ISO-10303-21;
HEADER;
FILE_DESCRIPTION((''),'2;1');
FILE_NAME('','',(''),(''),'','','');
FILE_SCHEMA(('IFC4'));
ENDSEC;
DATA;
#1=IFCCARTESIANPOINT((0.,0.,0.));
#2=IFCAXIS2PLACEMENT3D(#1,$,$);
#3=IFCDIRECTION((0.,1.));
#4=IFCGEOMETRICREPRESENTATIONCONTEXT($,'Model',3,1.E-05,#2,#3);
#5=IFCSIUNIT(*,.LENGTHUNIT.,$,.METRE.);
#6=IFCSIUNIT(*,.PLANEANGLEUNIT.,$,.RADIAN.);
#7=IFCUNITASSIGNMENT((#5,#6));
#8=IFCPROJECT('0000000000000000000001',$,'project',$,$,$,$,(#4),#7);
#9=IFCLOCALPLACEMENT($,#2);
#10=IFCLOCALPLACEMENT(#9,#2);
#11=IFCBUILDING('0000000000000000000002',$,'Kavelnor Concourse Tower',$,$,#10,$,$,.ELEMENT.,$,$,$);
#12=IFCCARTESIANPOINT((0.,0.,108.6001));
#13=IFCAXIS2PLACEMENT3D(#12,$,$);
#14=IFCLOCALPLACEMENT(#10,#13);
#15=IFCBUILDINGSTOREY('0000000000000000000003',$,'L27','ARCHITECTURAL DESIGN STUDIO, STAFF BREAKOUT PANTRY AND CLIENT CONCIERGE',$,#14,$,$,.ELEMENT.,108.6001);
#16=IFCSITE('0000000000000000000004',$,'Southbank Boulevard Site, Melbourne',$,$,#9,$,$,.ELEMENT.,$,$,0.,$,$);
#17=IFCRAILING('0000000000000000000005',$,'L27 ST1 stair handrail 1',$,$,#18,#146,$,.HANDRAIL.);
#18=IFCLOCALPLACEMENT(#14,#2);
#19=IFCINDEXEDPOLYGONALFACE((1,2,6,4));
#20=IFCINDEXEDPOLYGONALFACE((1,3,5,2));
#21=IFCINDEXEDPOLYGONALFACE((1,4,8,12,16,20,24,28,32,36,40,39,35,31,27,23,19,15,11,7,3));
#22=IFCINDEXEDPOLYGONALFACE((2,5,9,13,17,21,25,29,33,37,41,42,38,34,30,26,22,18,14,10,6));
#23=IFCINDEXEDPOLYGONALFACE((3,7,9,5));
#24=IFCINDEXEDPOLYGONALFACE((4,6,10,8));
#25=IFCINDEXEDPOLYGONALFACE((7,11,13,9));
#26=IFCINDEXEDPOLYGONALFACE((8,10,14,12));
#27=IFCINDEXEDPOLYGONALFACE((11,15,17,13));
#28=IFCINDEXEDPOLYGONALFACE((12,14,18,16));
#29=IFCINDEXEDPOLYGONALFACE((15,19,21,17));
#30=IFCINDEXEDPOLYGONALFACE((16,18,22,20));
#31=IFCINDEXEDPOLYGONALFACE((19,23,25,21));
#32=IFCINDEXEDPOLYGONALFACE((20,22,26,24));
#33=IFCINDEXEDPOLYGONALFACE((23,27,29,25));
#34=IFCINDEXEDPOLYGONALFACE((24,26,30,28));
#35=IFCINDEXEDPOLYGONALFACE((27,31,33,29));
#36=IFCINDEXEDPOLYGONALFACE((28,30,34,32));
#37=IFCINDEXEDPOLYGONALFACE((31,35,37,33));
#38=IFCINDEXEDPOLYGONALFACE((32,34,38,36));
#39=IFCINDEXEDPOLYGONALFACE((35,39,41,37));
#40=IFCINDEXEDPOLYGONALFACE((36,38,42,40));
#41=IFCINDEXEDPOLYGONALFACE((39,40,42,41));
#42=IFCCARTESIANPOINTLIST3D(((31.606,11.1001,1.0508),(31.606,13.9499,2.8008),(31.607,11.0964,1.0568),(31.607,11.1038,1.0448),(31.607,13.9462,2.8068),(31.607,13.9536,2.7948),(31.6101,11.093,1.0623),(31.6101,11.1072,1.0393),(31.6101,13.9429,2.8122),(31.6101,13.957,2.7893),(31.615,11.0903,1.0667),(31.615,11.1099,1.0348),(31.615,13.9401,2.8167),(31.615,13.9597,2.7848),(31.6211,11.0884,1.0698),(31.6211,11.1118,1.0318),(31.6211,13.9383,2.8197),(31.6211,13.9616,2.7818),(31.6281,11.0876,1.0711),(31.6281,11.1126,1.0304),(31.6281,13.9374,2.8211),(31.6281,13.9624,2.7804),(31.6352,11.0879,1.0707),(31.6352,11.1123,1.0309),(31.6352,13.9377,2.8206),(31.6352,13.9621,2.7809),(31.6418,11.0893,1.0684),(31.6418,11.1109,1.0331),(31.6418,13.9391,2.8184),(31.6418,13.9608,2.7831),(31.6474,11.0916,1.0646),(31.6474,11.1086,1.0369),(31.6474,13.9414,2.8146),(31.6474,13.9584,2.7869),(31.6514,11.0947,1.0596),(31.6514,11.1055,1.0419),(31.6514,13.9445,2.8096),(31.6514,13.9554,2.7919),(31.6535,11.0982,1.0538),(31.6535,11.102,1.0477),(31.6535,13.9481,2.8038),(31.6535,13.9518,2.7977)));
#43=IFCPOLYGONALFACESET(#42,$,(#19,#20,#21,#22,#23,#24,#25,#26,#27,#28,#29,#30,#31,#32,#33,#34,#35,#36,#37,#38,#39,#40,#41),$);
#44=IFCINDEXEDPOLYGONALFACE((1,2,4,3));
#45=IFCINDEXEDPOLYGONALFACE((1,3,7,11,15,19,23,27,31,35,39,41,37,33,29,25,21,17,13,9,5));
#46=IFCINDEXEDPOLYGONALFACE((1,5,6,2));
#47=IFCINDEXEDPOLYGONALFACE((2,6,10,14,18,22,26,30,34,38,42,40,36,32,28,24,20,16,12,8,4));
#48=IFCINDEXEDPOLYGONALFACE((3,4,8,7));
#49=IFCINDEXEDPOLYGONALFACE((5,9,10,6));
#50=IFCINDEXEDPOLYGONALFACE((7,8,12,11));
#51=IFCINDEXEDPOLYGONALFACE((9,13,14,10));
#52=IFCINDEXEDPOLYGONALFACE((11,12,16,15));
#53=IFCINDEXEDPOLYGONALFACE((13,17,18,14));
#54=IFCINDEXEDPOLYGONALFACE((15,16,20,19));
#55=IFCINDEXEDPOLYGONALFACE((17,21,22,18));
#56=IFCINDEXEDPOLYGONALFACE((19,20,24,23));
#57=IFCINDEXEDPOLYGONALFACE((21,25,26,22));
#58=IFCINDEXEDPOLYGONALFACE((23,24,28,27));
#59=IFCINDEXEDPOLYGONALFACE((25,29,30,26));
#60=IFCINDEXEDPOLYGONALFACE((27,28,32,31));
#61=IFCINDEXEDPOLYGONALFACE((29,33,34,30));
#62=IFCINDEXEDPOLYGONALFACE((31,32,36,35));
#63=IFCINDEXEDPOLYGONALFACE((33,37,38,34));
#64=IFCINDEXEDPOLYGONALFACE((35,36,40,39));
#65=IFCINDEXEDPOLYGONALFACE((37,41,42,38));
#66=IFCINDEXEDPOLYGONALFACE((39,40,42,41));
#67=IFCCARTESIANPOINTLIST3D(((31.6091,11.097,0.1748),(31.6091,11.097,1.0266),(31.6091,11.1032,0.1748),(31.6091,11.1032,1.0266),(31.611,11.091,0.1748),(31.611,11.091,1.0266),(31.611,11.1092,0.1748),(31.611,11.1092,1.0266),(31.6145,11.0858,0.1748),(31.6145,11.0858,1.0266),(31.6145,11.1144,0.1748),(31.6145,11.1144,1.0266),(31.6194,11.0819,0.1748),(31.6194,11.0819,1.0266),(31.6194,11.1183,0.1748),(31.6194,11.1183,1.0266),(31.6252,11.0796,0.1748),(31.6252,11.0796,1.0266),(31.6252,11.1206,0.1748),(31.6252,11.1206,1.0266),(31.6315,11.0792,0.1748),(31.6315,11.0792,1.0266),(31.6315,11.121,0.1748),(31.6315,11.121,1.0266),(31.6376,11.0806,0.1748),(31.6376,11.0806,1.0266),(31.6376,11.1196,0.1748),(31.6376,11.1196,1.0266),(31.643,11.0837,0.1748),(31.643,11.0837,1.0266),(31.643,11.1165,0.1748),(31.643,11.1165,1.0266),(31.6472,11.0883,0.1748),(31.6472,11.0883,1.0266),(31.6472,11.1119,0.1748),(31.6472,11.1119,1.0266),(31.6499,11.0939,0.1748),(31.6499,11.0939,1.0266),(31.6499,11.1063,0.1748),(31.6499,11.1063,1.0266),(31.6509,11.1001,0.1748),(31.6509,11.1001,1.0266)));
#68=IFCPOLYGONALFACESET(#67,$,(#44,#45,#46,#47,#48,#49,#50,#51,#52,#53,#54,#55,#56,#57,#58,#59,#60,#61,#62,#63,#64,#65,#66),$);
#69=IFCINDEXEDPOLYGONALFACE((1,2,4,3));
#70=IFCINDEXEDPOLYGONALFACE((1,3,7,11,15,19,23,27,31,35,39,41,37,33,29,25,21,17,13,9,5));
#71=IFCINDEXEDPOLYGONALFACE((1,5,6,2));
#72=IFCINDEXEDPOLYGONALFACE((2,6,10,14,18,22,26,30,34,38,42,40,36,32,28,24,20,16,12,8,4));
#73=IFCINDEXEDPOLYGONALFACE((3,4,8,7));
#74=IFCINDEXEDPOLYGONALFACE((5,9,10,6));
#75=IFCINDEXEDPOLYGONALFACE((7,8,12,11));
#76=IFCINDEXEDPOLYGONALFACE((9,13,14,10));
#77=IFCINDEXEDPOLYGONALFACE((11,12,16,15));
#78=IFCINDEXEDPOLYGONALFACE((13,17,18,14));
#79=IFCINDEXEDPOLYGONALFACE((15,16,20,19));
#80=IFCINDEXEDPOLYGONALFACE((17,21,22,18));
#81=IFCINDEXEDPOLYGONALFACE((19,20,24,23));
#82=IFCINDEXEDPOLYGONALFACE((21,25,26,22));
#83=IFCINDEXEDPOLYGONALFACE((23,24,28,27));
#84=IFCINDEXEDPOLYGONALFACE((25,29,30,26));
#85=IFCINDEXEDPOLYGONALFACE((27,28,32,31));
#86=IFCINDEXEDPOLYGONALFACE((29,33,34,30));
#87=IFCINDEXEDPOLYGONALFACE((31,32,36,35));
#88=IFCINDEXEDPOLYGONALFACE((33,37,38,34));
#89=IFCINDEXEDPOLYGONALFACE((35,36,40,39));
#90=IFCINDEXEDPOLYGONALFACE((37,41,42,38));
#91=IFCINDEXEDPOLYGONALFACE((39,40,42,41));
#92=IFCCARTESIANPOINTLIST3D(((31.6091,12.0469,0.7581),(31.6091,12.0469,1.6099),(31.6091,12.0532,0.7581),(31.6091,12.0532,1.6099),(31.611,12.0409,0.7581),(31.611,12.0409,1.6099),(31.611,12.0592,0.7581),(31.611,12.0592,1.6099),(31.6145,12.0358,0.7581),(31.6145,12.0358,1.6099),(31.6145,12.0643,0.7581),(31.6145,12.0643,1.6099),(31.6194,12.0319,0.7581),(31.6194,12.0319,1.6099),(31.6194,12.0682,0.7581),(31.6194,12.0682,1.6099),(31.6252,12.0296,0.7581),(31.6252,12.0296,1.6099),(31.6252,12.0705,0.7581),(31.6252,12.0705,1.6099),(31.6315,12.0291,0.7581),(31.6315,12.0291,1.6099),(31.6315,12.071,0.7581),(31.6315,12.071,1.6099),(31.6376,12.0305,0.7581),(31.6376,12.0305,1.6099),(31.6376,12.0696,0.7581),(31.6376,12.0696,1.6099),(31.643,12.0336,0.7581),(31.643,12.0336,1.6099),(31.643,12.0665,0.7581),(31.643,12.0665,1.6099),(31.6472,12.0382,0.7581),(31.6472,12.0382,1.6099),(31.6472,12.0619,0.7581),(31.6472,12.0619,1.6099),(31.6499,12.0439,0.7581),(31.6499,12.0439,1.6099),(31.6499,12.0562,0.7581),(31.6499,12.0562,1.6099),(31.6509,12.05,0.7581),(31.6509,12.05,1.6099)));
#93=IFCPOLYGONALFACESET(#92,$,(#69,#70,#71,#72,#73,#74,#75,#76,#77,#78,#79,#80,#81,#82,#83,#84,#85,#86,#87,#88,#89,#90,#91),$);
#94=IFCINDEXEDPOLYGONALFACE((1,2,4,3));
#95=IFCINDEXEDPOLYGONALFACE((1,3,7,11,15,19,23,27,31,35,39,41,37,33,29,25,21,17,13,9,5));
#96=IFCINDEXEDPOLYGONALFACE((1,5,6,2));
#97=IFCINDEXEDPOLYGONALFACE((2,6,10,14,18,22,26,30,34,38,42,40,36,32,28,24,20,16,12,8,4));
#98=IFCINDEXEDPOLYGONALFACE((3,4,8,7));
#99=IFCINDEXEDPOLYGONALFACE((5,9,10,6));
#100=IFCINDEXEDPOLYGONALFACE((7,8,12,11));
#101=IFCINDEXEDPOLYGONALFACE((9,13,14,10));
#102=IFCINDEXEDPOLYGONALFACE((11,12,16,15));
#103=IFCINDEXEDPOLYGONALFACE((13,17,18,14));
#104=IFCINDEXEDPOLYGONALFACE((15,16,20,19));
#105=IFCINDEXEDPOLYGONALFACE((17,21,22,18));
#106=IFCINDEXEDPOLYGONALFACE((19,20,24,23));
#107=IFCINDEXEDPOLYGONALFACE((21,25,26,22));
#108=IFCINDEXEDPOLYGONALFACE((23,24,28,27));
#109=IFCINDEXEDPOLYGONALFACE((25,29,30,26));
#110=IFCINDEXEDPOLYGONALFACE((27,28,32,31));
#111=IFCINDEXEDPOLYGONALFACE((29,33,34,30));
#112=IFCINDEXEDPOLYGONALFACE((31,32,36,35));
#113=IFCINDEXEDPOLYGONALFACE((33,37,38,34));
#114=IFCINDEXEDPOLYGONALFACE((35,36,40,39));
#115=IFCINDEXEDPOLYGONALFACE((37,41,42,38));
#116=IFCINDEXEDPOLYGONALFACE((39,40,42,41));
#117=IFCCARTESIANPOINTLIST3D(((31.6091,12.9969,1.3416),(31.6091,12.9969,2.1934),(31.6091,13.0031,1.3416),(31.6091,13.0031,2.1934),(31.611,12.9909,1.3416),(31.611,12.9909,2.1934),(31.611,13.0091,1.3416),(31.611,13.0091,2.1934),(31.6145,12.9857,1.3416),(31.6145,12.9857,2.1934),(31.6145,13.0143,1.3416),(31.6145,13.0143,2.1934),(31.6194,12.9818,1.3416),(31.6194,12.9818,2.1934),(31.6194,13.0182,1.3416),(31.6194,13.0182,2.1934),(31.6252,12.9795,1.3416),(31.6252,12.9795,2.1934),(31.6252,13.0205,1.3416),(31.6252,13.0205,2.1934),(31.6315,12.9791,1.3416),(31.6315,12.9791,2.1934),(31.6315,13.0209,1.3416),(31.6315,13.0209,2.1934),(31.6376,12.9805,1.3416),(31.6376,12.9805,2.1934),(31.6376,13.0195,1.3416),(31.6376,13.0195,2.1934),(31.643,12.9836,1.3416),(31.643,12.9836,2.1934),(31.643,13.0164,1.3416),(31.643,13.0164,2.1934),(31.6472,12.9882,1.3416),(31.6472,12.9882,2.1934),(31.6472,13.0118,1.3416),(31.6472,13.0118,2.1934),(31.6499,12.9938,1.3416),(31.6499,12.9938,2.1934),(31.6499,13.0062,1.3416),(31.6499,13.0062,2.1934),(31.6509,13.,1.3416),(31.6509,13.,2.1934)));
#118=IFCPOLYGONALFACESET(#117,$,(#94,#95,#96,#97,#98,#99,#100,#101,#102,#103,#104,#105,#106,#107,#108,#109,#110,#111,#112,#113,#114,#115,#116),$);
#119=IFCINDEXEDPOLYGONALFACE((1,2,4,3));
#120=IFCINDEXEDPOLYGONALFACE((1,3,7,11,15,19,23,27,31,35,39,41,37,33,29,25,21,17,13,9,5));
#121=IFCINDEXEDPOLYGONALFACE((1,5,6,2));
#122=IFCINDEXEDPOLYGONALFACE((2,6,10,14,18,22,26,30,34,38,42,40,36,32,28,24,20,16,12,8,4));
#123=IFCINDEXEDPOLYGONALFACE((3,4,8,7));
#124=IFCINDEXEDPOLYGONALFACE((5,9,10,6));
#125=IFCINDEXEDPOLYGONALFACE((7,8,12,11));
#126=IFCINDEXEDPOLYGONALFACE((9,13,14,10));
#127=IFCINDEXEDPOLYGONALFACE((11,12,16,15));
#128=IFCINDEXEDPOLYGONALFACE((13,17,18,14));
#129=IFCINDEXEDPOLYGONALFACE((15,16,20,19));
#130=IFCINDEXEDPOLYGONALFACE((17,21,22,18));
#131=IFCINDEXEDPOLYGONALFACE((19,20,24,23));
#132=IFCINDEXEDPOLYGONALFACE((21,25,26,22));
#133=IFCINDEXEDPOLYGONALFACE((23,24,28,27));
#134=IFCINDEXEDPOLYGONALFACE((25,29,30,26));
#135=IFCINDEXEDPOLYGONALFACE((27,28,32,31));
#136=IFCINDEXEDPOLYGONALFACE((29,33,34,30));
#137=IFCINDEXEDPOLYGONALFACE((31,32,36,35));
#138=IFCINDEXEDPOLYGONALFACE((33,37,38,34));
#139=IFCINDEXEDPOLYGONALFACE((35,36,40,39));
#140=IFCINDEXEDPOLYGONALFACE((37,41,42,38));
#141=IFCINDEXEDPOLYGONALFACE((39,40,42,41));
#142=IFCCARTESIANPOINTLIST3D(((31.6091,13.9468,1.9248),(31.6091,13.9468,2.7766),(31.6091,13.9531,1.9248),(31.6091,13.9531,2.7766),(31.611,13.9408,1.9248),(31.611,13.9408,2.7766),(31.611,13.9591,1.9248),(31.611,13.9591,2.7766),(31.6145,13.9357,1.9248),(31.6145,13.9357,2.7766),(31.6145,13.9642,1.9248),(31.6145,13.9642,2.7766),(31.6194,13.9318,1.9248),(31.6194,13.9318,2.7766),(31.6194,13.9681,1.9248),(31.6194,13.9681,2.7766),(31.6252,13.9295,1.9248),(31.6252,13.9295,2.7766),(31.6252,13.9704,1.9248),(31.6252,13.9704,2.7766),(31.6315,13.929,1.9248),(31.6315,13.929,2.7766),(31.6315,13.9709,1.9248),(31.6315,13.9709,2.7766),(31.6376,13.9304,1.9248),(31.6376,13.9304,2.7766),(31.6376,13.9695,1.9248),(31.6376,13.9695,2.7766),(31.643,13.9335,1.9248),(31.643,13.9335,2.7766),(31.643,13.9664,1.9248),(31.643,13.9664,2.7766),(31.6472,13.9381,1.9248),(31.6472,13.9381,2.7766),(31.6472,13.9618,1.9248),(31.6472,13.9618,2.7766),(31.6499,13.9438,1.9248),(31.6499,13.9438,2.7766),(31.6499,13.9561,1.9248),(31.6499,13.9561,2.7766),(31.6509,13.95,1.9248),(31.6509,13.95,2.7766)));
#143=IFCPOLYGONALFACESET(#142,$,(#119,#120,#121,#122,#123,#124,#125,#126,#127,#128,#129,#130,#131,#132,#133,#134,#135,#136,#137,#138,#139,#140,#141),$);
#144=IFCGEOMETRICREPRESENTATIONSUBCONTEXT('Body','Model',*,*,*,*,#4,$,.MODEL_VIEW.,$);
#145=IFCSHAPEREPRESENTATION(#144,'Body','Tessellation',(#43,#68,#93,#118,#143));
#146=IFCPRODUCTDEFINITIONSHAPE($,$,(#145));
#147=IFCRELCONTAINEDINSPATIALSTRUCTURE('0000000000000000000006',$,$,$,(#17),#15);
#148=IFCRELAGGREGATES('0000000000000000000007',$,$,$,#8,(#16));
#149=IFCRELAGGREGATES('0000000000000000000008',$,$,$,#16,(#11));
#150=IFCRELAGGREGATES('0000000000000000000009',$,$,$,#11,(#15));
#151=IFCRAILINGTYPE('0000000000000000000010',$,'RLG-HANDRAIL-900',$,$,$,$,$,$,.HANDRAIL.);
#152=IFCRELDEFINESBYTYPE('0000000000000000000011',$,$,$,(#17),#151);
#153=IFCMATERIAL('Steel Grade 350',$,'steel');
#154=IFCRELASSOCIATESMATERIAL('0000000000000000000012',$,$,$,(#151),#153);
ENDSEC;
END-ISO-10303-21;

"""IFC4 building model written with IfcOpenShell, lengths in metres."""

from ifc_helpers import new_model, si_unit, direction, frame, origin, origin_2d, place, context, subcontext, project, spatial, circle, extrude, material, type_object, element, save


model = new_model("IFC4")

# Units and contexts
model_context = context("Model", 3, precision=1e-05, world=origin(), true_north=direction((0.0, 1.0)))
body_context = subcontext(model_context, "Body", "Model", "MODEL_VIEW")
ifc_project = project(units=[si_unit("LENGTHUNIT", "METRE"), si_unit("PLANEANGLEUNIT", "RADIAN")], contexts=[model_context])

# Site, building, storey
site_placement = place(None, origin())
site = spatial("IfcSite", under=ifc_project, at=site_placement, Name="Southbank Boulevard Site, Melbourne", CompositionType="ELEMENT", RefElevation=0.0)
building_placement = place(site_placement, origin())
building = spatial("IfcBuilding", under=site, at=building_placement, Name="Kavelnor Concourse Tower", CompositionType="ELEMENT")
storey_placement = place(building_placement, frame((0.0, 0.0, 108.6001)))
storey = spatial("IfcBuildingStorey", under=building, at=storey_placement, Name="L27", Description="ARCHITECTURAL DESIGN STUDIO, STAFF BREAKOUT PANTRY AND CLIENT CONCIERGE", CompositionType="ELEMENT", Elevation=108.6001)

# Shared definitions
ifc_material_1 = material(Name="Steel Grade 350", Category="steel")

# Railing
railing_type_1 = type_object("IfcRailingType", Name="RLG-HANDRAIL-900", PredefinedType="HANDRAIL", material=ifc_material_1)
railing_1_placement = place(storey_placement, frame((31.6299, 11.1001, 0.1748)))
element("IfcRailing", 1, at=railing_1_placement, inside=storey, type_object=railing_type_1, Name="L27 ST1 stair handrail 1", PredefinedType="HANDRAIL", context=body_context, shape_type="SweptSolid", body=[
    extrude(circle(Radius=0.0239, at=origin_2d()), frame((0.0, 0.0, 0.876), z_axis=(0.0, 0.852159, 0.523283), x_axis=(-1.0, 0.0, 0.0)), (0.0, 0.0, 1.0), 3.3442),
    extrude(circle(Radius=0.021, at=origin_2d()), origin(), (0.0, 0.0, 1.0), 0.8518),
    extrude(circle(Radius=0.021, at=origin_2d()), frame((0.0, 0.95, 0.5833)), (0.0, 0.0, 1.0), 0.8518),
    extrude(circle(Radius=0.021, at=origin_2d()), frame((0.0, 1.8999, 1.1667)), (0.0, 0.0, 1.0), 0.8518),
    extrude(circle(Radius=0.021, at=origin_2d()), frame((0.0, 2.8499, 1.75)), (0.0, 0.0, 1.0), 0.8518),
])

save(model, "model.ifc")
